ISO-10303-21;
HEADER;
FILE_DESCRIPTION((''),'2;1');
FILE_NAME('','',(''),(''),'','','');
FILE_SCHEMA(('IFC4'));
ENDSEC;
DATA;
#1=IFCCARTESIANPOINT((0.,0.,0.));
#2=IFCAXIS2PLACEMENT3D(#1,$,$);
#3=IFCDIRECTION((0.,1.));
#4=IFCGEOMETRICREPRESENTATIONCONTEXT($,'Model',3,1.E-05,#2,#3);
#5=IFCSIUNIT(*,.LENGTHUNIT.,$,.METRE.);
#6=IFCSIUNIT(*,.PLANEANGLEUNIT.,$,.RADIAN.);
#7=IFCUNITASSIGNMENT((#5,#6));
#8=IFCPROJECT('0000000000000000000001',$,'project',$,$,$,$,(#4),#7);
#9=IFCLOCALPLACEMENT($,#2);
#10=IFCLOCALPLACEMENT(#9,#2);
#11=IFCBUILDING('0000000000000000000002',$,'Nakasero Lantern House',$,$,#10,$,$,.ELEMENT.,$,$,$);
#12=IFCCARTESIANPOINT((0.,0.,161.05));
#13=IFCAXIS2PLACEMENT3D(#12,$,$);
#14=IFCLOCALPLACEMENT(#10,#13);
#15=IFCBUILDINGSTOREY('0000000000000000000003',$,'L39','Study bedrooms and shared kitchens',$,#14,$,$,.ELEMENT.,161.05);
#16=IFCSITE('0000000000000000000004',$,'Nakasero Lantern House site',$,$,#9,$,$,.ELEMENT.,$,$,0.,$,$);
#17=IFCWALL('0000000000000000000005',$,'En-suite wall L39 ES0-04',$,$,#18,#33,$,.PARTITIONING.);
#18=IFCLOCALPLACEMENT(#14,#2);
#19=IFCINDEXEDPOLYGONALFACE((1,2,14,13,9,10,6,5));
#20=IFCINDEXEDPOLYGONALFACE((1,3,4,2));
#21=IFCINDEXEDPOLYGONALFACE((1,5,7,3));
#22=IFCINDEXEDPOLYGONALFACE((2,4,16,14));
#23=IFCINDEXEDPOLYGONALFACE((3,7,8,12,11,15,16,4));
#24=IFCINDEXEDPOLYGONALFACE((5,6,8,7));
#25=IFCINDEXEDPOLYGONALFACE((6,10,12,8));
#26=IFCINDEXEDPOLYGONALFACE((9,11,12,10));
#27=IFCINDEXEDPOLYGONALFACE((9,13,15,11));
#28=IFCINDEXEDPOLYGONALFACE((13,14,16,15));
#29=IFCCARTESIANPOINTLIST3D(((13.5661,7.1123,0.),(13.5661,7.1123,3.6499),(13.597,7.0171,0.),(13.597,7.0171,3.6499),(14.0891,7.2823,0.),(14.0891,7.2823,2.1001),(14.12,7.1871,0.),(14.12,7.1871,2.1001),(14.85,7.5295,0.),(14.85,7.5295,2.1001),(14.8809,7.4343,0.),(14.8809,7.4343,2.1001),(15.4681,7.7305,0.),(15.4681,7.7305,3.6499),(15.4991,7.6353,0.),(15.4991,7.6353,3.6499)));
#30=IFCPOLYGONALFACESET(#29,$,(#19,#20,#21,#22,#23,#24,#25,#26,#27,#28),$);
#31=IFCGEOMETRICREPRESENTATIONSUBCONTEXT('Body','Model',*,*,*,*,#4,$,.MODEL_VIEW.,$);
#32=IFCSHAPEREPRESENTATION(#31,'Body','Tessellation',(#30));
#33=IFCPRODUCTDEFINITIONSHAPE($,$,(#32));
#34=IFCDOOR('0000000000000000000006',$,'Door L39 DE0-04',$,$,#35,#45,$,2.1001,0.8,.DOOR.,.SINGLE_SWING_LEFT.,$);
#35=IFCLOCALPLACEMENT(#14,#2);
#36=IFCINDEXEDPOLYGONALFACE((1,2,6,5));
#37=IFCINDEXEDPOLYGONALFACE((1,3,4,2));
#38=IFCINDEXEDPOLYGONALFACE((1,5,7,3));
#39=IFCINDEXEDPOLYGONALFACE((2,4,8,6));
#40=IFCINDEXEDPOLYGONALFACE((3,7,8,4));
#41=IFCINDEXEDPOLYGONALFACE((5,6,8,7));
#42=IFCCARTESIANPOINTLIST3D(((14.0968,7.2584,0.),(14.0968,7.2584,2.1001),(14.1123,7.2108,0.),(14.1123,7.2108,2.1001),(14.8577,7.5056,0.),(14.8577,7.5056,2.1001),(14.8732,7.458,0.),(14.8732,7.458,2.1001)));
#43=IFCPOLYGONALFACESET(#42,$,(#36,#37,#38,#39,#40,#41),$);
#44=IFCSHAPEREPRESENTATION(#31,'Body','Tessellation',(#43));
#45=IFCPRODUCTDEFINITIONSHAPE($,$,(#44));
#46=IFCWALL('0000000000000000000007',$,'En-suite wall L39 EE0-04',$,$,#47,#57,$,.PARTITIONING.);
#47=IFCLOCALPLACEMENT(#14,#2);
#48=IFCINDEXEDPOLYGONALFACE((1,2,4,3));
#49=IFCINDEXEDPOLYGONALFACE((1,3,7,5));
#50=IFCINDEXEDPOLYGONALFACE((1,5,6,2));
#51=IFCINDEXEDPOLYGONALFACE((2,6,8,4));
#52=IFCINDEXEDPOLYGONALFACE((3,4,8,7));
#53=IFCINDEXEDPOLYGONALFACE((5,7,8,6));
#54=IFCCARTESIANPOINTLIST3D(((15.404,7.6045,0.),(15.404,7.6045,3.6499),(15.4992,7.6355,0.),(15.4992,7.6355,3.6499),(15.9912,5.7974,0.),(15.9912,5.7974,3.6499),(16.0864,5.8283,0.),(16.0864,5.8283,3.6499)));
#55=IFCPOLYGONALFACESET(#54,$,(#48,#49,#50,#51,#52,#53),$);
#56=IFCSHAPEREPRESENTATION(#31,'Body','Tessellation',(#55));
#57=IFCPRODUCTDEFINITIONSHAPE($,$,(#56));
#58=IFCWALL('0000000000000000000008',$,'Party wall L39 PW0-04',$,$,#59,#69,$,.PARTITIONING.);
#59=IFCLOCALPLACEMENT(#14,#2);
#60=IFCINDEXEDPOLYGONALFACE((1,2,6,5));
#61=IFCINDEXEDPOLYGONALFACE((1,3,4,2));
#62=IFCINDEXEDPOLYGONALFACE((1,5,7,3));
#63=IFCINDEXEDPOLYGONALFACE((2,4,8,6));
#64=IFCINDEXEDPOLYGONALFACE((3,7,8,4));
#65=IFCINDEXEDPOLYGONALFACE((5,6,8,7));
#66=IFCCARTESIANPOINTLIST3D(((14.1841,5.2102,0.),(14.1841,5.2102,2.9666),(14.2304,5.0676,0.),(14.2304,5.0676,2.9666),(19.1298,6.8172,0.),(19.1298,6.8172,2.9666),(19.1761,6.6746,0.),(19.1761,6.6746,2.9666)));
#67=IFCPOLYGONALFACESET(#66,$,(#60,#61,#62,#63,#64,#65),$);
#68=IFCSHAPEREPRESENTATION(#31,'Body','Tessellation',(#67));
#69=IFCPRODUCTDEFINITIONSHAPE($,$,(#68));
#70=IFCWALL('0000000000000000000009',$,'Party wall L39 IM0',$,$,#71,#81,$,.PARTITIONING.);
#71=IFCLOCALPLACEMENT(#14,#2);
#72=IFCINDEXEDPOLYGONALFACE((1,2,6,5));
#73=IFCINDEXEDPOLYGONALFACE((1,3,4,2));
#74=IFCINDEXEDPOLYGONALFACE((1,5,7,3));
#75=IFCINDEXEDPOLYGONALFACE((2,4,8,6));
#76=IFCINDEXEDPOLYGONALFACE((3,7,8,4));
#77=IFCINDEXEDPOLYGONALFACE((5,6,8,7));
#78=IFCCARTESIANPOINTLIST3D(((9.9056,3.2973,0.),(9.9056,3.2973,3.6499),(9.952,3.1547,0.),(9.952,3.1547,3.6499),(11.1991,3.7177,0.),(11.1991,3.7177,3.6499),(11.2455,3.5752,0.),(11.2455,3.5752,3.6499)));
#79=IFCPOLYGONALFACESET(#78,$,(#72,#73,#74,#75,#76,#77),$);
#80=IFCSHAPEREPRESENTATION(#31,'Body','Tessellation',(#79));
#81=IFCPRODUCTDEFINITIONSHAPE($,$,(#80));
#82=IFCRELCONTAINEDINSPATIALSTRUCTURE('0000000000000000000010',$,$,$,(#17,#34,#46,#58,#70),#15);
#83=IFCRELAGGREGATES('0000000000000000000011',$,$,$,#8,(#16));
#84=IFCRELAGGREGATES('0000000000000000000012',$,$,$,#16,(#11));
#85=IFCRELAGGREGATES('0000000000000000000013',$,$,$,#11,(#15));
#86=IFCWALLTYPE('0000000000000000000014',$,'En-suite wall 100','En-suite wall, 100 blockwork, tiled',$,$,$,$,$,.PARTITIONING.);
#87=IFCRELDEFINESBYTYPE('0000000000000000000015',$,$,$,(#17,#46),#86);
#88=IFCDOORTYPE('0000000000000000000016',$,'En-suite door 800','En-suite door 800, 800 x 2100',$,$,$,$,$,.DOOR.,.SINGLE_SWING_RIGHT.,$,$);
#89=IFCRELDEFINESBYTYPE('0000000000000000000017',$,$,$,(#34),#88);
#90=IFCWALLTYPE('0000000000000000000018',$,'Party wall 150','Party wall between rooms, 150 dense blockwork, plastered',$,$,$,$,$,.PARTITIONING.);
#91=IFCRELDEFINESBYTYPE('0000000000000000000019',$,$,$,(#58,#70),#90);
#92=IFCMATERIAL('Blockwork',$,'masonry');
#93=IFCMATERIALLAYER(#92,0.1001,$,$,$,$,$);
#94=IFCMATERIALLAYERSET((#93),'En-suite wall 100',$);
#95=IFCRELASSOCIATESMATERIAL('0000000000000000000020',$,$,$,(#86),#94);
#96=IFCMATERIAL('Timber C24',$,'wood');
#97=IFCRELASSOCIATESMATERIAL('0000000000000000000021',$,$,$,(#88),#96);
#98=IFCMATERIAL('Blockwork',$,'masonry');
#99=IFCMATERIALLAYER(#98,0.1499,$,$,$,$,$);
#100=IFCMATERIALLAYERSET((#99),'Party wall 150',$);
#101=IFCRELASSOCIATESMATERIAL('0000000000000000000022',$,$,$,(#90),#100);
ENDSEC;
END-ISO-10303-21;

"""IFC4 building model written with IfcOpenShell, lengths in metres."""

from ifc_helpers import new_model, si_unit, direction, frame, frame_2d, origin, place, context, subcontext, project, spatial, rectangle, extrude, material, layer, layer_set, type_object, element, fill, save


model = new_model("IFC4")

# Units and contexts
model_context = context("Model", 3, precision=1e-05, world=origin(), true_north=direction((0.0, 1.0)))
body_context = subcontext(model_context, "Body", "Model", "MODEL_VIEW")
ifc_project = project(units=[si_unit("LENGTHUNIT", "METRE"), si_unit("PLANEANGLEUNIT", "RADIAN")], contexts=[model_context])

# Site, building, storey
site_placement = place(None, origin())
site = spatial("IfcSite", under=ifc_project, at=site_placement, Name="Nakasero Lantern House site", CompositionType="ELEMENT", RefElevation=0.0)
building_placement = place(site_placement, origin())
building = spatial("IfcBuilding", under=site, at=building_placement, Name="Nakasero Lantern House", CompositionType="ELEMENT")
storey_placement = place(building_placement, frame((0.0, 0.0, 161.05)))
storey = spatial("IfcBuildingStorey", under=building, at=storey_placement, Name="L39", Description="Study bedrooms and shared kitchens", CompositionType="ELEMENT", Elevation=161.05)

# Shared definitions
ifc_material_1 = material(Name="Blockwork", Category="masonry")
ifc_layer_1 = layer(ifc_material_1, 0.1001)
ifc_layer_set_1 = layer_set([ifc_layer_1], Name="En-suite wall 100")
wall_type_1 = type_object("IfcWallType", Name="En-suite wall 100", Description="En-suite wall, 100 blockwork, tiled", PredefinedType="PARTITIONING", material=ifc_layer_set_1)

# Wall, opening, door
wall_1_placement = place(storey_placement, frame((13.5815, 7.0647, 0.0), z_axis=(0.0, 0.0, 1.0), x_axis=(0.951037, 0.309078, 0.0)))
wall_1 = element("IfcWall", 1, at=wall_1_placement, inside=storey, type_object=wall_type_1, Name="En-suite wall L39 ES0-04", PredefinedType="PARTITIONING", context=body_context, shape_type="SweptSolid", body=[
    extrude(rectangle(XDim=2.0, YDim=0.1001, at=frame_2d((1.0, 0.0))), origin(), (0.0, 0.0, 1.0), 3.6499),
])
opening_placement = place(wall_1_placement, frame((0.55, 0.0, 0.0)))
opening = element("IfcOpeningElement", 2, at=opening_placement, cuts=wall_1, PredefinedType="OPENING", context=body_context, shape_type="SweptSolid", body=[
    extrude(rectangle(XDim=0.8, YDim=2.1001, at=frame_2d((0.3999, 1.05))), frame((0.0, 0.0701, 0.0), z_axis=(0.0, -1.0, 0.0), x_axis=(1.0, 0.0, 0.0)), (0.0, 0.0, 1.0), 0.1401),
])
ifc_material_2 = material(Name="Timber C24", Category="wood")
door_type = type_object("IfcDoorType", Name="En-suite door 800", Description="En-suite door 800, 800 x 2100", OperationType="SINGLE_SWING_RIGHT", PredefinedType="DOOR", material=ifc_material_2)
door_placement = place(opening_placement, origin())
door = element("IfcDoor", 3, at=door_placement, inside=storey, type_object=door_type, Name="Door L39 DE0-04", OperationType="SINGLE_SWING_LEFT", OverallHeight=2.1001, OverallWidth=0.8, PredefinedType="DOOR", context=body_context, shape_type="SweptSolid", body=[
    extrude(rectangle(XDim=0.8, YDim=2.1001, at=frame_2d((0.3999, 1.05))), frame((0.0, 0.0249, 0.0), z_axis=(0.0, -1.0, 0.0), x_axis=(1.0, 0.0, 0.0)), (0.0, 0.0, 1.0), 0.05),
])
fill(opening, door)

# Walls
wall_2_placement = place(storey_placement, frame((16.0388, 5.8127, 0.0), z_axis=(0.0, 0.0, 1.0), x_axis=(-0.309011, 0.951059, 0.0)))
element("IfcWall", 4, at=wall_2_placement, inside=storey, type_object=wall_type_1, Name="En-suite wall L39 EE0-04", PredefinedType="PARTITIONING", context=body_context, shape_type="SweptSolid", body=[
    extrude(rectangle(XDim=1.9001, YDim=0.1001, at=frame_2d((0.9502, 0.0))), origin(), (0.0, 0.0, 1.0), 3.6499),
])
ifc_material_3 = material(Name="Blockwork", Category="masonry")
ifc_layer_2 = layer(ifc_material_3, 0.1499)
ifc_layer_set_2 = layer_set([ifc_layer_2], Name="Party wall 150")
wall_type_2 = type_object("IfcWallType", Name="Party wall 150", Description="Party wall between rooms, 150 dense blockwork, plastered", PredefinedType="PARTITIONING", material=ifc_layer_set_2)
wall_3_placement = place(storey_placement, frame((14.2073, 5.1389, 0.0), z_axis=(0.0, 0.0, 1.0), x_axis=(0.951055, 0.309021, 0.0)))
element("IfcWall", 5, at=wall_3_placement, inside=storey, type_object=wall_type_2, Name="Party wall L39 PW0-04", PredefinedType="PARTITIONING", context=body_context, shape_type="SweptSolid", body=[
    extrude(rectangle(XDim=5.2002, YDim=0.1499, at=frame_2d((2.6001, 0.0))), origin(), (0.0, 0.0, 1.0), 2.9666),
])
wall_4_placement = place(storey_placement, frame((11.2224, 3.6465, 0.0), z_axis=(0.0, 0.0, 1.0), x_axis=(-0.951026, -0.30911, 0.0)))
element("IfcWall", 6, at=wall_4_placement, inside=storey, type_object=wall_type_2, Name="Party wall L39 IM0", PredefinedType="PARTITIONING", context=body_context, shape_type="SweptSolid", body=[
    extrude(rectangle(XDim=1.3601, YDim=0.1499, at=frame_2d((0.6802, 0.0))), origin(), (0.0, 0.0, 1.0), 3.6499),
])

save(model, "model.ifc")
